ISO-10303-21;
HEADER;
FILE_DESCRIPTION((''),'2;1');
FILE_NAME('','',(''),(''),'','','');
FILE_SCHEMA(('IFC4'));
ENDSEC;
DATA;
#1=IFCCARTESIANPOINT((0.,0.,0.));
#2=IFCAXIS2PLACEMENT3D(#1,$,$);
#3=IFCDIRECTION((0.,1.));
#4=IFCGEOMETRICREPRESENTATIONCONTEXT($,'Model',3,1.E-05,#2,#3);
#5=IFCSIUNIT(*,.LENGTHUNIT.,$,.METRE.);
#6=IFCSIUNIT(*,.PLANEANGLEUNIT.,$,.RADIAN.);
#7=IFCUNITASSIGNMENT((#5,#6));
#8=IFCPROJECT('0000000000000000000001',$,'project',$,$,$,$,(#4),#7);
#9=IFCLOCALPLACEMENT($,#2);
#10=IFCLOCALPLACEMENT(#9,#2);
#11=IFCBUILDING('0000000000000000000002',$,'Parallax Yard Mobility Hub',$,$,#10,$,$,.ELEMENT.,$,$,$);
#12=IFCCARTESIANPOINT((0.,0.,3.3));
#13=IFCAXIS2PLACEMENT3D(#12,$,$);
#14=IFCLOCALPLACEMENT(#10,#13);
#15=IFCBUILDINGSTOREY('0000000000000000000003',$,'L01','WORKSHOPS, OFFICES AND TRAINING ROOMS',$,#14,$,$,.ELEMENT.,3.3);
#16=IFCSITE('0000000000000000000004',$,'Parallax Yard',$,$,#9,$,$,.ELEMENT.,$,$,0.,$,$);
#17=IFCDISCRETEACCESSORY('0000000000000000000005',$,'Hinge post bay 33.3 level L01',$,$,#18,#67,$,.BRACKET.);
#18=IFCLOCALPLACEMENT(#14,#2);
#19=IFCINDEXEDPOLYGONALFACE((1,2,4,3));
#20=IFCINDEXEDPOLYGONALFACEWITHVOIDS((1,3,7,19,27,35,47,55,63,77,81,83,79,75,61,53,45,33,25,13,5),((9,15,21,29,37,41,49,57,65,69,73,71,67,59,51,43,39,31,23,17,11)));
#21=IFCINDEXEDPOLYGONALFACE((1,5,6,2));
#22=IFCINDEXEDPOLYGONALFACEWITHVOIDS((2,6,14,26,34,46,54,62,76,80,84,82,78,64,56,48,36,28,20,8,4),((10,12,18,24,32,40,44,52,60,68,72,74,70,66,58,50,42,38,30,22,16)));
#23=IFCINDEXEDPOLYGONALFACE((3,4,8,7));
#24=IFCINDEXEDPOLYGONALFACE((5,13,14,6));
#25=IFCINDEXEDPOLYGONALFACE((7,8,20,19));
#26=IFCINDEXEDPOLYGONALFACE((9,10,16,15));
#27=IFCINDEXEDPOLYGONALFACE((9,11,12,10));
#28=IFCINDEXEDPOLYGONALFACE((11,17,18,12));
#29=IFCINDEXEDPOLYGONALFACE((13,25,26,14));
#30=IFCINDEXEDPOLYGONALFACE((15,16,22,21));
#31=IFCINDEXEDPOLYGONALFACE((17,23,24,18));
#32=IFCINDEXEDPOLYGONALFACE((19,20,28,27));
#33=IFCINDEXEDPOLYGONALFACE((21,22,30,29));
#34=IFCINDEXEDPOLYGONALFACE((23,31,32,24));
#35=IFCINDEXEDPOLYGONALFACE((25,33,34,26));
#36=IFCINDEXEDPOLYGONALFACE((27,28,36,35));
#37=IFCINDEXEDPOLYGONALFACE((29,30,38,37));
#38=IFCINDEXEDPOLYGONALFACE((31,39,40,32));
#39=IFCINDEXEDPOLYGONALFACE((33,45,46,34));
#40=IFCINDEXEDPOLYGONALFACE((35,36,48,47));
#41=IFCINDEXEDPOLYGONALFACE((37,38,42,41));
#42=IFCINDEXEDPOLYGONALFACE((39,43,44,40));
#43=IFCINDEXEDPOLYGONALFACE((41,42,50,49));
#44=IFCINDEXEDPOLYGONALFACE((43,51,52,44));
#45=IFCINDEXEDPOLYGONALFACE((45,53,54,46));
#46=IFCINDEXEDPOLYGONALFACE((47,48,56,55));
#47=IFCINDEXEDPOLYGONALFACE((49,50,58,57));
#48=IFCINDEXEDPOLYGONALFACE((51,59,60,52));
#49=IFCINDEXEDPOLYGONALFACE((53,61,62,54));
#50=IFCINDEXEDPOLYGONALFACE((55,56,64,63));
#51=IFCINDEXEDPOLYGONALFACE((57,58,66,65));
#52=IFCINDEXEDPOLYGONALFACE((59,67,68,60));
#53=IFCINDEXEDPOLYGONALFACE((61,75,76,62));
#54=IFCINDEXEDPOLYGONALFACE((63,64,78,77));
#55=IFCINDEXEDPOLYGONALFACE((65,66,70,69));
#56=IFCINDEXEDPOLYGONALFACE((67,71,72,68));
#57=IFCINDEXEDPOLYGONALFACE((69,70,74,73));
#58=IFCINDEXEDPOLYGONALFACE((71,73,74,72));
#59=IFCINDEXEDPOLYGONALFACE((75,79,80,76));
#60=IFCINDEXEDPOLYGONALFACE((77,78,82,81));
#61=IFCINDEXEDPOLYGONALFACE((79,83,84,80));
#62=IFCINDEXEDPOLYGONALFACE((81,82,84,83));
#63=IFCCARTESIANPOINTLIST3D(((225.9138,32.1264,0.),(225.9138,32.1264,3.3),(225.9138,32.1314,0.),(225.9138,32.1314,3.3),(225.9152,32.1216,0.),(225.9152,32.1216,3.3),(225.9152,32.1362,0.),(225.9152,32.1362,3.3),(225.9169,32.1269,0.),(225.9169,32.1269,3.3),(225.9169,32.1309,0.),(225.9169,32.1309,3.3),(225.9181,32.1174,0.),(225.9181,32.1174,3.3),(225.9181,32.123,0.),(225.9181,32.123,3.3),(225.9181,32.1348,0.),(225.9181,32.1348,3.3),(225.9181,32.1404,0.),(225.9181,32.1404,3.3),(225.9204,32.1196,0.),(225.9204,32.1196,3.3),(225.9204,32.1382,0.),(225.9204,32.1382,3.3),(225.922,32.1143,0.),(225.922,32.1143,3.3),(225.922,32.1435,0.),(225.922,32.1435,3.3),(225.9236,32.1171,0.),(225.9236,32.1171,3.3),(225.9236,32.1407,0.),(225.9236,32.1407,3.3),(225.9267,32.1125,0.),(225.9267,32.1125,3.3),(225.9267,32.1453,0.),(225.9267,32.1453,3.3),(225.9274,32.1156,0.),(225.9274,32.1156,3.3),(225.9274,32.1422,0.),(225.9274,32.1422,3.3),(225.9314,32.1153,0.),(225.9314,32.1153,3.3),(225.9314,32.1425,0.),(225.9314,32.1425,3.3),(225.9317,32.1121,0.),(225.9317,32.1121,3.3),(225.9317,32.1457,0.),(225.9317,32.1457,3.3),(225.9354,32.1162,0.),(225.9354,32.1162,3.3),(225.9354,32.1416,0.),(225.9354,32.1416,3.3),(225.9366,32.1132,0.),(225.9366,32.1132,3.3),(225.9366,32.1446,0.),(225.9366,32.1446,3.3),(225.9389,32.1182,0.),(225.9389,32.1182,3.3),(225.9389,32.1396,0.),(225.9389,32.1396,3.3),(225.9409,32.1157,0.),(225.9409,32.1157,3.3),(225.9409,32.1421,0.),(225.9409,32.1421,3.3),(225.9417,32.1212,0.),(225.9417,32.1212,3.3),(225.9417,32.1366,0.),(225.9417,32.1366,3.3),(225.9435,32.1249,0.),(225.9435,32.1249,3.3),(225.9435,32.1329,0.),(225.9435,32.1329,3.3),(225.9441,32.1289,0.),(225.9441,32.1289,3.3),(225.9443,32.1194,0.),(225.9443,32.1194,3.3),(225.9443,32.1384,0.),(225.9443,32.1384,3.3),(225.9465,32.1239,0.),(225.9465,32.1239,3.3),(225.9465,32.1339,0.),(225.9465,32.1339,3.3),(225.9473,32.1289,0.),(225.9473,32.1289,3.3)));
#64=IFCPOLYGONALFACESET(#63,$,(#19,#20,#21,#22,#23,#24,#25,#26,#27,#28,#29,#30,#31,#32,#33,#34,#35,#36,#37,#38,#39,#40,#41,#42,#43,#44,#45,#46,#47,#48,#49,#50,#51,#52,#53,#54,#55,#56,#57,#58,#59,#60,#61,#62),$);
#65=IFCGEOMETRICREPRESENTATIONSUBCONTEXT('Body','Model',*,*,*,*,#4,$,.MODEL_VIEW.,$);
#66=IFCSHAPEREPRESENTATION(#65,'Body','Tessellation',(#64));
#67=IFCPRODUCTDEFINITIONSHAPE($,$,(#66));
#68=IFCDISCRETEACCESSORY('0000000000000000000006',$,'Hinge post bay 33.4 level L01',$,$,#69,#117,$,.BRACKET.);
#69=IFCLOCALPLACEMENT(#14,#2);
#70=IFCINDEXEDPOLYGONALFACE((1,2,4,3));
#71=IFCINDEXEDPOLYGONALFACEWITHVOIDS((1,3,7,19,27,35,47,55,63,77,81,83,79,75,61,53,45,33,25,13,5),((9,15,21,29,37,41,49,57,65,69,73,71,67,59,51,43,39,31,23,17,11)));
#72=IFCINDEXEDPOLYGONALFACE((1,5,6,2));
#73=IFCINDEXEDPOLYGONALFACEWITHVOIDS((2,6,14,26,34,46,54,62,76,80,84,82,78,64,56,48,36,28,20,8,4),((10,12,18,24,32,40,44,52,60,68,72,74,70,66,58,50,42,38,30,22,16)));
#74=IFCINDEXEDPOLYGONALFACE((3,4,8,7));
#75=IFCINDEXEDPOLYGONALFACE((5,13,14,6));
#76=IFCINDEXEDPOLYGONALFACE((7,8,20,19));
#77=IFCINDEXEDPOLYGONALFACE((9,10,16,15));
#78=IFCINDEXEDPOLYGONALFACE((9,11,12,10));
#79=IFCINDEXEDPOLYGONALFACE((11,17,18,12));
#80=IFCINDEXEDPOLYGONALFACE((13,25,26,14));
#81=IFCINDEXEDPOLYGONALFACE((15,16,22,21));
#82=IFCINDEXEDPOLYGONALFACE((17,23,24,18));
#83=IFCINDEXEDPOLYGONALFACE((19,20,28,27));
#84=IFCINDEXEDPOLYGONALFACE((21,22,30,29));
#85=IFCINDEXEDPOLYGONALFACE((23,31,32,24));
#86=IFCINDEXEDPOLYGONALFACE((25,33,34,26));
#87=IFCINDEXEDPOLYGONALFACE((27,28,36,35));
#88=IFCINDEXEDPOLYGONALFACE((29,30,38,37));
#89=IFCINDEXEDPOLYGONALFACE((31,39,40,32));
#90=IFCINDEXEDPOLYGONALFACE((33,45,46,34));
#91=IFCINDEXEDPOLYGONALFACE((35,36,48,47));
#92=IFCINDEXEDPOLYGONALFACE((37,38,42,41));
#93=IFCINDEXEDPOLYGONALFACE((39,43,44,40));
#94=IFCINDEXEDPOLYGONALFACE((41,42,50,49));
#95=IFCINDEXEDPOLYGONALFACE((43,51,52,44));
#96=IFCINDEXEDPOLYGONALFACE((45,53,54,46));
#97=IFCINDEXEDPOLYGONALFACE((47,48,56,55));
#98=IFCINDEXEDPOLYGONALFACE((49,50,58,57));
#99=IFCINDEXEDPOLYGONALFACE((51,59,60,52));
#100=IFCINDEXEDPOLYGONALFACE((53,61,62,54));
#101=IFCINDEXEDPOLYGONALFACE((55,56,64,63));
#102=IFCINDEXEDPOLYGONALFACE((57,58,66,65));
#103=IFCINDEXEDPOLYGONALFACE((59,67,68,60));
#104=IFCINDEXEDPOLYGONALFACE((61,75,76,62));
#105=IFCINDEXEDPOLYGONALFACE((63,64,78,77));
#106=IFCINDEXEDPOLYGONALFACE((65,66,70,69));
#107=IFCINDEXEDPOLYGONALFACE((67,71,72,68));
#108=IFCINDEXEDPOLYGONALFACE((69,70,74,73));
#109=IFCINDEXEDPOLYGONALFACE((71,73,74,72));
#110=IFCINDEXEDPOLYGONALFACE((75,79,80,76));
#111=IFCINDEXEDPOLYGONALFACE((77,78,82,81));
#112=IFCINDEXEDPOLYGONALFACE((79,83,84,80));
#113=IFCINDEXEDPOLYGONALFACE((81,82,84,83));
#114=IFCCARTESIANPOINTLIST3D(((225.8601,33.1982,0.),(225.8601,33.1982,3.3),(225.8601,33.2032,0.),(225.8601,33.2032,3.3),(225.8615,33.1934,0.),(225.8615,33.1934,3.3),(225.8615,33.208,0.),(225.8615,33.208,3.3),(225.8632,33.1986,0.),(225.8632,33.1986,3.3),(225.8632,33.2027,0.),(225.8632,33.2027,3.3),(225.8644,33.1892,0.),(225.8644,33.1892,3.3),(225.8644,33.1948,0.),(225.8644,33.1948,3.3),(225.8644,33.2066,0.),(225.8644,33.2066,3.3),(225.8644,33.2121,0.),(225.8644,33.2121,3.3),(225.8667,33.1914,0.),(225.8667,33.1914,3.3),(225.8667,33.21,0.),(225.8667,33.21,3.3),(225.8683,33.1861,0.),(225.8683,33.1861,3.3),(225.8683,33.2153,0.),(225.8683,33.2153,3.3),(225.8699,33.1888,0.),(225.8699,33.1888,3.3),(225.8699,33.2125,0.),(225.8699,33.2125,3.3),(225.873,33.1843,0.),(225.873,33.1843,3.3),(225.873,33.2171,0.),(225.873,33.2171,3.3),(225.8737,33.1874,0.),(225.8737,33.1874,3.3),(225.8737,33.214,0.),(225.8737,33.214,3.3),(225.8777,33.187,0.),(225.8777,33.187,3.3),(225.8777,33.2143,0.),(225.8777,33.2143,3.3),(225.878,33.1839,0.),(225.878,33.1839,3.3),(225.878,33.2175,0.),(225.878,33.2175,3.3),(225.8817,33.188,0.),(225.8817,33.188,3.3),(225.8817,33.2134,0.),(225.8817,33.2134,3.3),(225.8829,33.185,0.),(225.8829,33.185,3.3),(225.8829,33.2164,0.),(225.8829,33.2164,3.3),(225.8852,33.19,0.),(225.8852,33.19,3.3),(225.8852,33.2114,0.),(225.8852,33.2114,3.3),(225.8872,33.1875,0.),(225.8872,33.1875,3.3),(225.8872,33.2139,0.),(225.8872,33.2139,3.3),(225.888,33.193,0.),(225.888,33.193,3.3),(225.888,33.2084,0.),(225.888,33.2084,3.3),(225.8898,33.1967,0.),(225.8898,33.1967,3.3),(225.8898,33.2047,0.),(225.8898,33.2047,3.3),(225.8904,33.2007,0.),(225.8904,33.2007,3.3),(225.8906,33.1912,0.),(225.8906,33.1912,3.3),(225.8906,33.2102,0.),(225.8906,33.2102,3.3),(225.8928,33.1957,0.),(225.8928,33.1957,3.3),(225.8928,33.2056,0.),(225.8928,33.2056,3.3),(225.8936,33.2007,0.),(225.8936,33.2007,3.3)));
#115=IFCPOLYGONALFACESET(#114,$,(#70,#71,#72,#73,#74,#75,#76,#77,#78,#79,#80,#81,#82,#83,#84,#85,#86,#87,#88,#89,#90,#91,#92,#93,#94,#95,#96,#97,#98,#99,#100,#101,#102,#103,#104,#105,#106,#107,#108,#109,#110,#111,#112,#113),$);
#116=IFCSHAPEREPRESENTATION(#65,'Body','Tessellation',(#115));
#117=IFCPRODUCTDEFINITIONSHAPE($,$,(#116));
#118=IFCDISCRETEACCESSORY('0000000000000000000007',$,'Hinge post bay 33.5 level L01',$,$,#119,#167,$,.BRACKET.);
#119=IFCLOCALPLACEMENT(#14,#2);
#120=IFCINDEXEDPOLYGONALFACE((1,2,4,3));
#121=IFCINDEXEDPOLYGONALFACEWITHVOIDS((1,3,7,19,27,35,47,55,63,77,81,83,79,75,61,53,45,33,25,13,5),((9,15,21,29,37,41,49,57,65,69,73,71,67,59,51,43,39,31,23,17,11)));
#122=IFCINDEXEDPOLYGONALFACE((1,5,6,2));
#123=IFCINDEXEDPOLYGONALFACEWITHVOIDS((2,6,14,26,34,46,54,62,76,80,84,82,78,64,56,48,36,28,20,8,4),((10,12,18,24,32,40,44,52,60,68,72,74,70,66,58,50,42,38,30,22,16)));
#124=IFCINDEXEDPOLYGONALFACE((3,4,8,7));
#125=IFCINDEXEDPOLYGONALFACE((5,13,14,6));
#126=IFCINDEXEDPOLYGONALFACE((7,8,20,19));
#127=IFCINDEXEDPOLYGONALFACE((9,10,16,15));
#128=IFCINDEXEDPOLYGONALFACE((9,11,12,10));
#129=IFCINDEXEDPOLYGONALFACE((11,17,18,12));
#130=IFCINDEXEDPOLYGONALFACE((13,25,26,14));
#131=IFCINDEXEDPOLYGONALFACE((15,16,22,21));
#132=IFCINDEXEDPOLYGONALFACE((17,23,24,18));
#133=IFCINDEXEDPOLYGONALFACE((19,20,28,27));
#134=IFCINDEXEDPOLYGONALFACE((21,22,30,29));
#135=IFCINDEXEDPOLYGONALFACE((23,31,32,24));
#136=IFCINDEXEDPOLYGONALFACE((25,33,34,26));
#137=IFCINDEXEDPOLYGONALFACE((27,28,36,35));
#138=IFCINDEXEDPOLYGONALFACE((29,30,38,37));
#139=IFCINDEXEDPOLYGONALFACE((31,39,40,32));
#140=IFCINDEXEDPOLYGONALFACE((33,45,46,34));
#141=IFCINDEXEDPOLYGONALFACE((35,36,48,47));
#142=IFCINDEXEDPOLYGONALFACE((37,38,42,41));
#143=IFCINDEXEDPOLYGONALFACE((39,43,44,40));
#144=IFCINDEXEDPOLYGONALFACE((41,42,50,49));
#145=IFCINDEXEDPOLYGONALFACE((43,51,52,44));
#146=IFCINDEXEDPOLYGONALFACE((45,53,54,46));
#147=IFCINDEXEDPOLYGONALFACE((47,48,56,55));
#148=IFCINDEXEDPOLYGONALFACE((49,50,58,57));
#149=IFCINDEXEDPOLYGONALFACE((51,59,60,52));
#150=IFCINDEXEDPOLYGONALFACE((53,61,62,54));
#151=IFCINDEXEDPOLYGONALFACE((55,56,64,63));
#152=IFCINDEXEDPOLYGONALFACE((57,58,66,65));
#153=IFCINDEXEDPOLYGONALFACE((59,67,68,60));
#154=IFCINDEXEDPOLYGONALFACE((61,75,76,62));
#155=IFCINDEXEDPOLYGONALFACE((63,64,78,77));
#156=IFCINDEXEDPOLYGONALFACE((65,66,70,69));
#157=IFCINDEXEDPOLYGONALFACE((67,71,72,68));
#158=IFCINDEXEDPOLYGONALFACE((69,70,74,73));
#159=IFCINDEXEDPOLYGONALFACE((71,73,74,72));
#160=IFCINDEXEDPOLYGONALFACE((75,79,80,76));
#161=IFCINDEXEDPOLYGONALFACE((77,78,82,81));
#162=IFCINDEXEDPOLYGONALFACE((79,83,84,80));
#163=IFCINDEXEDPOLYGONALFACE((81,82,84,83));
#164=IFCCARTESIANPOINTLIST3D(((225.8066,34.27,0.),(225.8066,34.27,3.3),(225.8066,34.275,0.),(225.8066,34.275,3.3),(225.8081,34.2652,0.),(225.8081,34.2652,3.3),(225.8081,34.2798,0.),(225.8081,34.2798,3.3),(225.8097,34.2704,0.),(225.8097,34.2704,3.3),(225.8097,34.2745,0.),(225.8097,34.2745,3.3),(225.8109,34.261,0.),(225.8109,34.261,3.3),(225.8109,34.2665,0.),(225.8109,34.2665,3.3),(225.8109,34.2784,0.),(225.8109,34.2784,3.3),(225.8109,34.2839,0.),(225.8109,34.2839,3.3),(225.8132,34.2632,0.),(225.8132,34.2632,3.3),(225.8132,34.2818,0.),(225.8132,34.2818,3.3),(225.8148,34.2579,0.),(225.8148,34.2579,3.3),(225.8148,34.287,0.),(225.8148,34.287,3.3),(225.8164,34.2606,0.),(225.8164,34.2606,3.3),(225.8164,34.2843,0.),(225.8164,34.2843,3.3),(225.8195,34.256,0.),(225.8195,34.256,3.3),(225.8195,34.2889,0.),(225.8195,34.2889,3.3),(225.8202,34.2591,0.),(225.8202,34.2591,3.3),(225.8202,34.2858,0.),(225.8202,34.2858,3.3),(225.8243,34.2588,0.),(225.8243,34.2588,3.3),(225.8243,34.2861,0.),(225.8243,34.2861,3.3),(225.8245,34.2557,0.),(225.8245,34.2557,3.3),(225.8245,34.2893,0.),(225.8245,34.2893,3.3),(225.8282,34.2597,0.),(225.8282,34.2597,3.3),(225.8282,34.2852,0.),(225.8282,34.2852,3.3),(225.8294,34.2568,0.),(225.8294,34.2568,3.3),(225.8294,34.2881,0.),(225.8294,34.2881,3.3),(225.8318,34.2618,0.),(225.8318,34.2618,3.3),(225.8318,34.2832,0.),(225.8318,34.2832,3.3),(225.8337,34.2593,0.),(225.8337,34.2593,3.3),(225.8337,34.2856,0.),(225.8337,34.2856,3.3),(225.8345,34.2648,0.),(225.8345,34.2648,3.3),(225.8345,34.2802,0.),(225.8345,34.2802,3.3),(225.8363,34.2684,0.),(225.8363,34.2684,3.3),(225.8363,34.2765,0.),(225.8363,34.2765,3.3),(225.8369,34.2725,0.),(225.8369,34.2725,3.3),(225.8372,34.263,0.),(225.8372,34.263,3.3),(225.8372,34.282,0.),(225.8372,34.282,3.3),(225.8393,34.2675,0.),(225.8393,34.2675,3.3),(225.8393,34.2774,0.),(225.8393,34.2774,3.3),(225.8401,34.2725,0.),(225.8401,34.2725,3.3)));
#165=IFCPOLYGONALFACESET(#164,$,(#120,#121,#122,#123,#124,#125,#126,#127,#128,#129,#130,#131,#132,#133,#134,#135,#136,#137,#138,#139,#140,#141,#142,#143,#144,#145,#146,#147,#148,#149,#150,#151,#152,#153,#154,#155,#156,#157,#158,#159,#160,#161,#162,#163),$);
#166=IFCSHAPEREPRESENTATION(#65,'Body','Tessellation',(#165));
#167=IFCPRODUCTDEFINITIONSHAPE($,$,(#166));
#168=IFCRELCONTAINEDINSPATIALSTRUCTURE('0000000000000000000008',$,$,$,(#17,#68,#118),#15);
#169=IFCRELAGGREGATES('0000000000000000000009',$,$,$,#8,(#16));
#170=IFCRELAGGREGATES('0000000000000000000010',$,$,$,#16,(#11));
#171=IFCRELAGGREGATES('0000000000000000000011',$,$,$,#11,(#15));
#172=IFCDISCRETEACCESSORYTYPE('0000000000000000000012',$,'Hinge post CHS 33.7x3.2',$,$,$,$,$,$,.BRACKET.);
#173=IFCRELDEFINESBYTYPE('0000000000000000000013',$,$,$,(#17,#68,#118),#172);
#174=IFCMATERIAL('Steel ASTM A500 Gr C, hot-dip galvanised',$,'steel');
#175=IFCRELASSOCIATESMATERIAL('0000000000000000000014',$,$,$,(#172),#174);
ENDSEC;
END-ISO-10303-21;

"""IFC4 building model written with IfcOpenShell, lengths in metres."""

from ifc_helpers import new_model, si_unit, direction, frame, origin, origin_2d, place, context, subcontext, project, spatial, hollow_circle, extrude, material, material_profile, profile_set, type_object, element, save


model = new_model("IFC4")

# Units and contexts
model_context = context("Model", 3, precision=1e-05, world=origin(), true_north=direction((0.0, 1.0)))
body_context = subcontext(model_context, "Body", "Model", "MODEL_VIEW")
ifc_project = project(units=[si_unit("LENGTHUNIT", "METRE"), si_unit("PLANEANGLEUNIT", "RADIAN")], contexts=[model_context])

# Site, building, storey
site_placement = place(None, origin())
site = spatial("IfcSite", under=ifc_project, at=site_placement, Name="Parallax Yard", CompositionType="ELEMENT", RefElevation=0.0)
building_placement = place(site_placement, origin())
building = spatial("IfcBuilding", under=site, at=building_placement, Name="Parallax Yard Mobility Hub", CompositionType="ELEMENT")
storey_placement = place(building_placement, frame((0.0, 0.0, 3.3)))
storey = spatial("IfcBuildingStorey", under=building, at=storey_placement, Name="L01", Description="WORKSHOPS, OFFICES AND TRAINING ROOMS", CompositionType="ELEMENT", Elevation=3.3)

# Discrete accessories
ifc_material_1 = material(Name="Steel ASTM A500 Gr C, hot-dip galvanised", Category="steel")
ifc_material_profile = material_profile(ifc_material_1, hollow_circle(Radius=0.0168, WallThickness=0.0032, at=origin_2d()), Name="CHS 33.7x3.2")
ifc_profile_set = profile_set([ifc_material_profile], Name="Steel ASTM A500 Gr C, hot-dip galvanised")
discrete_accessory_type_1 = type_object("IfcDiscreteAccessoryType", Name="Hinge post CHS 33.7x3.2", PredefinedType="BRACKET", material=ifc_profile_set)
for number, where, z_axis, x_axis, name in (
    (1, (225.9304, 32.1289, 0.0), (0.0, 0.0, 1.0), (1.0, 0.0, 0.0), "Hinge post bay 33.3 level L01"),
    (2, (225.8767, 33.2007, 0.0), (0.0, 0.0, 1.0), (1.0, 0.0, 0.0), "Hinge post bay 33.4 level L01"),
    (3, (225.8232, 34.2725, 0.0), (0.0, 0.0, 1.0), (1.0, 0.0, 0.0), "Hinge post bay 33.5 level L01"),
):
    element("IfcDiscreteAccessory", number, at=place(storey_placement, frame(where, z_axis=z_axis, x_axis=x_axis)), inside=storey, type_object=discrete_accessory_type_1, Name=name, PredefinedType="BRACKET", context=body_context, shape_type="SweptSolid", body=[
        extrude(hollow_circle(Radius=0.0168, WallThickness=0.0032, at=origin_2d()), origin(), (0.0, 0.0, 1.0), 3.3),
    ])

save(model, "model.ifc")
